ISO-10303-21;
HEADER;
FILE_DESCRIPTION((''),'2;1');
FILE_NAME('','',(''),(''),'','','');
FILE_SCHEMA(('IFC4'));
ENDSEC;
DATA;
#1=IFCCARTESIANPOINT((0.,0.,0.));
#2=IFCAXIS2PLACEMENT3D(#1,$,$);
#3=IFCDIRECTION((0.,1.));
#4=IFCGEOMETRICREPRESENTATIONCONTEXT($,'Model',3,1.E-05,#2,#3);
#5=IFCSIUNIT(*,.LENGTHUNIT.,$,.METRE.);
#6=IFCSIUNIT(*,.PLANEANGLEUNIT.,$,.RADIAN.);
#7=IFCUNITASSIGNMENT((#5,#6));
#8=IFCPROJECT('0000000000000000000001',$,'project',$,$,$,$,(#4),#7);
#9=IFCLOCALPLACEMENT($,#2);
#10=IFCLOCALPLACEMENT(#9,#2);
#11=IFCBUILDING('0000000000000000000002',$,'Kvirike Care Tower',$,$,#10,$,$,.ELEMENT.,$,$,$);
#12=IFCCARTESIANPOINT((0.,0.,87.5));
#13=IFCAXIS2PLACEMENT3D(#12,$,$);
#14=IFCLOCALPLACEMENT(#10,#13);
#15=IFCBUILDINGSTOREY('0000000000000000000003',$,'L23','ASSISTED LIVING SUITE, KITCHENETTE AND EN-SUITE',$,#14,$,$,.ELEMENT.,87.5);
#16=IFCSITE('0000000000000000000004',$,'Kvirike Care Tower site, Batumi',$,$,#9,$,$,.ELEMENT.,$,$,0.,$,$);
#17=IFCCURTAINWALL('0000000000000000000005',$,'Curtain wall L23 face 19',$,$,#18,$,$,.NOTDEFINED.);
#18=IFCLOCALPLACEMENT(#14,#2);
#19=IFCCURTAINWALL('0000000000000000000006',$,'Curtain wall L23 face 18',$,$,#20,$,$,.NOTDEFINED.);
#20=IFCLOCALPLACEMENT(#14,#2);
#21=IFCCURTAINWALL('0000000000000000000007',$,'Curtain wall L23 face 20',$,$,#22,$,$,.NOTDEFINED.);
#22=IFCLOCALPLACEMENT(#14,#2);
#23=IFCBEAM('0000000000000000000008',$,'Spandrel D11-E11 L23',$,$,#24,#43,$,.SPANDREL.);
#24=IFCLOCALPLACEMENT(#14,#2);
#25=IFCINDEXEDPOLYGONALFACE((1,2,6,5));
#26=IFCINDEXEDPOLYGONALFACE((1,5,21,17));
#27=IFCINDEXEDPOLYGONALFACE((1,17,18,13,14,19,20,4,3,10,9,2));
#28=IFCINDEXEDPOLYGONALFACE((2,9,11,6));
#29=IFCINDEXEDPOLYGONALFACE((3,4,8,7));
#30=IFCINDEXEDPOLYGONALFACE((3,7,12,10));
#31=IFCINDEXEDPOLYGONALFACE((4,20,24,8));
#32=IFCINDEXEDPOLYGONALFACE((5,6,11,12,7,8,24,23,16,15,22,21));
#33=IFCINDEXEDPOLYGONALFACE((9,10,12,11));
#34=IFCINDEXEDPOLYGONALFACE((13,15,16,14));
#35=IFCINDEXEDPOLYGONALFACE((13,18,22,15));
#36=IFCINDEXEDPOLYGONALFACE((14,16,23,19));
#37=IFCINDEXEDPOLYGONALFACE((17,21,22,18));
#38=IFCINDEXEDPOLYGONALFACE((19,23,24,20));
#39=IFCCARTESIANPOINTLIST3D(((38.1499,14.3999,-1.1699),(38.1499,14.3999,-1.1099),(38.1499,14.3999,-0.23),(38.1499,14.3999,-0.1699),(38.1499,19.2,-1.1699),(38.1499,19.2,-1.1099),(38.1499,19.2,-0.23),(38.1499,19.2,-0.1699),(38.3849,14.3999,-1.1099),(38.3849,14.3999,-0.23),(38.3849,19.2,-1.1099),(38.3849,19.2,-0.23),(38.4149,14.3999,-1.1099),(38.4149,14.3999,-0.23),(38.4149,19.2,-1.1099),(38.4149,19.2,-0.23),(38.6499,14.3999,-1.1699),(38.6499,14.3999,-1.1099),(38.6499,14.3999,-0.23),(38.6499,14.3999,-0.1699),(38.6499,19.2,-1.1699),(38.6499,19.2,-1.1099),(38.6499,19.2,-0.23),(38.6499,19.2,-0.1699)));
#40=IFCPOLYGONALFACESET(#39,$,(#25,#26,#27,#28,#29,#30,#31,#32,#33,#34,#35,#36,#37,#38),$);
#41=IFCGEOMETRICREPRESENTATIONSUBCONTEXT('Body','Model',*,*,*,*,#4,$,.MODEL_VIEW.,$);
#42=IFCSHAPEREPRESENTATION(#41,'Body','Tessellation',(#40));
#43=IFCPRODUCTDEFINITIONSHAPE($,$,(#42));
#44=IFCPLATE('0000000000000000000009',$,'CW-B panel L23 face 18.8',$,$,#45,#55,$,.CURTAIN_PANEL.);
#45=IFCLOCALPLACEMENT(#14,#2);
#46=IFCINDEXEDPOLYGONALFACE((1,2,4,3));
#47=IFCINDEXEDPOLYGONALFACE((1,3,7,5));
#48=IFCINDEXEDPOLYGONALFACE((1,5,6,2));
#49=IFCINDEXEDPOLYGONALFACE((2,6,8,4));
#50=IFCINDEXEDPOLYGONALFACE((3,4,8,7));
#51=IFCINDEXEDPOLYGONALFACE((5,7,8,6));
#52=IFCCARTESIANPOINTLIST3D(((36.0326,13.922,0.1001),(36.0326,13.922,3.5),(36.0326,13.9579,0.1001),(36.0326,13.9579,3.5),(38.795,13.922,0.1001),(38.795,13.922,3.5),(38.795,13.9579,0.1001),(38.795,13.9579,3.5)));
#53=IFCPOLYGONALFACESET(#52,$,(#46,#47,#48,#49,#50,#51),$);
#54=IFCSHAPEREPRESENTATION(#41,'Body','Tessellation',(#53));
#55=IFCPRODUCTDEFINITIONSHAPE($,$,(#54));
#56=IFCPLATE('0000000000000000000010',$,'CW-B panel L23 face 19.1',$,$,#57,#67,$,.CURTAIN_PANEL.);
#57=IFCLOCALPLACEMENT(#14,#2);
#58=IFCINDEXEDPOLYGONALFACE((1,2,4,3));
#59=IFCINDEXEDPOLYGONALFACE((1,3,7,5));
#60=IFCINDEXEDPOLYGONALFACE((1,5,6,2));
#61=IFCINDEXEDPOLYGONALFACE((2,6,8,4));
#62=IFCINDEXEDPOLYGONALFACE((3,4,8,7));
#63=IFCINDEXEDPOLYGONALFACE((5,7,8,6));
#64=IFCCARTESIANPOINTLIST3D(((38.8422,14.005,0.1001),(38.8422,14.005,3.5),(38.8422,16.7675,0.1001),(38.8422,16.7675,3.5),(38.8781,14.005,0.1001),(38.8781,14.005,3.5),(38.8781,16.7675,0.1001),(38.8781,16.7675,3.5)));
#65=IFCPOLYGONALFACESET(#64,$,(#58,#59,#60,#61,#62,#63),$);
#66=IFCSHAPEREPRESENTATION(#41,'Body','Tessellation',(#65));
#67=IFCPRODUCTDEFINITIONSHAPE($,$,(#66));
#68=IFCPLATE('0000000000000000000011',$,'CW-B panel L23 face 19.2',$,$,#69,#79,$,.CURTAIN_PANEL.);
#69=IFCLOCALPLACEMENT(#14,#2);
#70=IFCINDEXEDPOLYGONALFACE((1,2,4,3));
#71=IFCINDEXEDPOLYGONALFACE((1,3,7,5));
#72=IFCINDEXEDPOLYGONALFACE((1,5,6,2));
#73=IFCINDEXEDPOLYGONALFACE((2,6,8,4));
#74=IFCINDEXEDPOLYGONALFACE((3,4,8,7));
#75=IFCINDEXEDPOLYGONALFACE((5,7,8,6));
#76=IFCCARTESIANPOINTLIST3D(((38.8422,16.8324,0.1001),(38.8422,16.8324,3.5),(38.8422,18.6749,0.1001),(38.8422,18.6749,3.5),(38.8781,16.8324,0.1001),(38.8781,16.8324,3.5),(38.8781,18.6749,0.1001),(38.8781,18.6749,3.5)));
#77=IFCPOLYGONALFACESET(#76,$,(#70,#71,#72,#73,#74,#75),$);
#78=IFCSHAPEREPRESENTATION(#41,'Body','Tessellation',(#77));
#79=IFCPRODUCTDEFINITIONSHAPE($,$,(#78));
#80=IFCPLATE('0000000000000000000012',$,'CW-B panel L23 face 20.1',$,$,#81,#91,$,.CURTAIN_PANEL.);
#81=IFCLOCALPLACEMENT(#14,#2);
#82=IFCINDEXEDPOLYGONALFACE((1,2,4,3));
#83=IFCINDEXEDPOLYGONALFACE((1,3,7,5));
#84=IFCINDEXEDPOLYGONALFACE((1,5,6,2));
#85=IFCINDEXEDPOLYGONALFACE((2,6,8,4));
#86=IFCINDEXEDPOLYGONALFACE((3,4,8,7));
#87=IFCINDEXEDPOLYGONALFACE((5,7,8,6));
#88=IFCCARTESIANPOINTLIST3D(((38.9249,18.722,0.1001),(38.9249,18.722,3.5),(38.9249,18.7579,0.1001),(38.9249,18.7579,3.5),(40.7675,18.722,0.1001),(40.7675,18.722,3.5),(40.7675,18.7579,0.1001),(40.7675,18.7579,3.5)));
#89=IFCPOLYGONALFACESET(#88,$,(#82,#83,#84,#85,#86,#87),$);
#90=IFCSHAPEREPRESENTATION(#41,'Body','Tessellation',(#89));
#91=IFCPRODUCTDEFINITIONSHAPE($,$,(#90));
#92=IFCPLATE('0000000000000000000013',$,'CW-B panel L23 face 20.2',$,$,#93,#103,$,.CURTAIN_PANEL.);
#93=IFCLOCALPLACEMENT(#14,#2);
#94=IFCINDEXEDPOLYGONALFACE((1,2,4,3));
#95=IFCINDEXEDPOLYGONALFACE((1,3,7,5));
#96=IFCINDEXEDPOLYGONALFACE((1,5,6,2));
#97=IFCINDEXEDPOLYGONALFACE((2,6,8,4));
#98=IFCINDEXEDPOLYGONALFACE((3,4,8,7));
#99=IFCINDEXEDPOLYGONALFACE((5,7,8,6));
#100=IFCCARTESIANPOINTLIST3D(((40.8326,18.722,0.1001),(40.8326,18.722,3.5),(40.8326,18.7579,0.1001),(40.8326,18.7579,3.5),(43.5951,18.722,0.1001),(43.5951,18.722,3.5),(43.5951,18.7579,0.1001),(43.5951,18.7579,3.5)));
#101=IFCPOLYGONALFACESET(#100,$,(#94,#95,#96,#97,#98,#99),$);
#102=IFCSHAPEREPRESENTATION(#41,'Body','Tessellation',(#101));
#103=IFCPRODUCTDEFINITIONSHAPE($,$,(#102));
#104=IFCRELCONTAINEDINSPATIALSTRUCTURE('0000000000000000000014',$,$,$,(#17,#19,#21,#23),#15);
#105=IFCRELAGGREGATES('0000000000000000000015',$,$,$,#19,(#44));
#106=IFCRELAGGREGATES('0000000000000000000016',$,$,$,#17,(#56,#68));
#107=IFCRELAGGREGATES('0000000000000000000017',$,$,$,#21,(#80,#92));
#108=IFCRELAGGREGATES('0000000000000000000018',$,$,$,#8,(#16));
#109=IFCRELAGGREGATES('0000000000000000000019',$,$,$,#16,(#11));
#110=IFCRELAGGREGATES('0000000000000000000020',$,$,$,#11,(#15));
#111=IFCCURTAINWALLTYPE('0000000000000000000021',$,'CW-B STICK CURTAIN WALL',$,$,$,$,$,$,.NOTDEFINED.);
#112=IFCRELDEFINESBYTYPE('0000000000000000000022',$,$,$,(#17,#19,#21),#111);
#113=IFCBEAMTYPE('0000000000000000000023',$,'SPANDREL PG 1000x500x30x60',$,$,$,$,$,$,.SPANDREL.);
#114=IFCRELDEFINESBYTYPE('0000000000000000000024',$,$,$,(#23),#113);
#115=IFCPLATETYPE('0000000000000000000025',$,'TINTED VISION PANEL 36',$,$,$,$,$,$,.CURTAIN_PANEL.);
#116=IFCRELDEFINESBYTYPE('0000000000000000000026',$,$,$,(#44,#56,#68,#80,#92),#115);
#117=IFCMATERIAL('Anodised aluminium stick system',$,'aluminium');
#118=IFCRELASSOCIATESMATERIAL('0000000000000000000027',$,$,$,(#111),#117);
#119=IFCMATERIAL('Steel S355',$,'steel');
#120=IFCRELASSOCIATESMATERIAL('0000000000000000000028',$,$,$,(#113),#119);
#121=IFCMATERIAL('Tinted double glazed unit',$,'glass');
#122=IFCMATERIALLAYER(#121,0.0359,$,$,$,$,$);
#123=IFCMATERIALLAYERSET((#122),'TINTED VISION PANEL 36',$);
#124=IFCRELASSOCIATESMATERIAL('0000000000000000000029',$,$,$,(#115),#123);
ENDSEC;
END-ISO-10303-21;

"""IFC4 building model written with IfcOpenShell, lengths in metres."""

from ifc_helpers import new_model, si_unit, direction, frame, origin, origin_2d, place, context, subcontext, project, spatial, rectangle, i_section, extrude, material, layer, layer_set, material_profile, profile_set, type_object, element, aggregate, save


model = new_model("IFC4")

# Units and contexts
model_context = context("Model", 3, precision=1e-05, world=origin(), true_north=direction((0.0, 1.0)))
body_context = subcontext(model_context, "Body", "Model", "MODEL_VIEW")
ifc_project = project(units=[si_unit("LENGTHUNIT", "METRE"), si_unit("PLANEANGLEUNIT", "RADIAN")], contexts=[model_context])

# Site, building, storey
site_placement = place(None, origin())
site = spatial("IfcSite", under=ifc_project, at=site_placement, Name="Kvirike Care Tower site, Batumi", CompositionType="ELEMENT", RefElevation=0.0)
building_placement = place(site_placement, origin())
building = spatial("IfcBuilding", under=site, at=building_placement, Name="Kvirike Care Tower", CompositionType="ELEMENT")
storey_placement = place(building_placement, frame((0.0, 0.0, 87.5)))
storey = spatial("IfcBuildingStorey", under=building, at=storey_placement, Name="L23", Description="ASSISTED LIVING SUITE, KITCHENETTE AND EN-SUITE", CompositionType="ELEMENT", Elevation=87.5)

# Curtain wall
ifc_material_1 = material(Name="Anodised aluminium stick system", Category="aluminium")
curtain_wall_type = type_object("IfcCurtainWallType", Name="CW-B STICK CURTAIN WALL", PredefinedType="NOTDEFINED", material=ifc_material_1)
curtain_wall_1_placement = place(storey_placement, origin())
curtain_wall_1 = element("IfcCurtainWall", 1, at=curtain_wall_1_placement, inside=storey, type_object=curtain_wall_type, Name="Curtain wall L23 face 19", PredefinedType="NOTDEFINED")

# Curtain wall
curtain_wall_2_placement = place(storey_placement, origin())
curtain_wall_2 = element("IfcCurtainWall", 2, at=curtain_wall_2_placement, inside=storey, type_object=curtain_wall_type, Name="Curtain wall L23 face 18", PredefinedType="NOTDEFINED")

# Curtain wall
curtain_wall_3_placement = place(storey_placement, origin())
curtain_wall_3 = element("IfcCurtainWall", 3, at=curtain_wall_3_placement, inside=storey, type_object=curtain_wall_type, Name="Curtain wall L23 face 20", PredefinedType="NOTDEFINED")

# Beam
ifc_material_2 = material(Name="Steel S355", Category="steel")
ifc_material_profile_1 = material_profile(ifc_material_2, i_section(OverallWidth=0.5, OverallDepth=1.0, WebThickness=0.03, FlangeThickness=0.0601, at=origin_2d()), Name="PG 1000x500x30x60")
ifc_profile_set_1 = profile_set([ifc_material_profile_1], Name="Steel S355")
beam_type = type_object("IfcBeamType", Name="SPANDREL PG 1000x500x30x60", PredefinedType="SPANDREL", material=ifc_profile_set_1)
beam_placement = place(storey_placement, frame((38.3999, 14.3999, -0.6699), z_axis=(0.0, 1.0, 0.0), x_axis=(-1.0, 0.0, 0.0)))
element("IfcBeam", 4, at=beam_placement, inside=storey, type_object=beam_type, Name="Spandrel D11-E11 L23", PredefinedType="SPANDREL", context=body_context, shape_type="SweptSolid", body=[
    extrude(i_section(OverallWidth=0.5, OverallDepth=1.0, WebThickness=0.03, FlangeThickness=0.0601, at=origin_2d()), origin(), (0.0, 0.0, 1.0), 4.8),
])

# Plates
ifc_material_3 = material(Name="Tinted double glazed unit", Category="glass")
ifc_layer = layer(ifc_material_3, 0.0359)
ifc_layer_set = layer_set([ifc_layer], Name="TINTED VISION PANEL 36")
plate_type = type_object("IfcPlateType", Name="TINTED VISION PANEL 36", PredefinedType="CURTAIN_PANEL", material=ifc_layer_set)
plate_1_placement = place(storey_placement, frame((37.4138, 13.9399, 0.1001), z_axis=(0.0, 0.0, 1.0), x_axis=(1.0, 0.0, 0.0)))
plate_1 = element("IfcPlate", 5, at=plate_1_placement, type_object=plate_type, Name="CW-B panel L23 face 18.8", PredefinedType="CURTAIN_PANEL", context=body_context, shape_type="SweptSolid", body=[
    extrude(rectangle(XDim=2.7625, YDim=0.0359, at=origin_2d()), origin(), (0.0, 0.0, 1.0), 3.3999),
])
aggregate(curtain_wall_2, [plate_1])
plate_2_placement = place(storey_placement, frame((38.8601, 15.3862, 0.1001), z_axis=(0.0, 0.0, 1.0), x_axis=(0.0, 1.0, 0.0)))
plate_2 = element("IfcPlate", 6, at=plate_2_placement, type_object=plate_type, Name="CW-B panel L23 face 19.1", PredefinedType="CURTAIN_PANEL", context=body_context, shape_type="SweptSolid", body=[
    extrude(rectangle(XDim=2.7625, YDim=0.0359, at=origin_2d()), origin(), (0.0, 0.0, 1.0), 3.3999),
])
plate_3_placement = place(storey_placement, frame((38.8601, 17.7537, 0.1001), z_axis=(0.0, 0.0, 1.0), x_axis=(0.0, 1.0, 0.0)))
plate_3 = element("IfcPlate", 7, at=plate_3_placement, type_object=plate_type, Name="CW-B panel L23 face 19.2", PredefinedType="CURTAIN_PANEL", context=body_context, shape_type="SweptSolid", body=[
    extrude(rectangle(XDim=1.8425, YDim=0.0359, at=origin_2d()), origin(), (0.0, 0.0, 1.0), 3.3999),
])
aggregate(curtain_wall_1, [plate_2, plate_3])
plate_4_placement = place(storey_placement, frame((39.8462, 18.74, 0.1001), z_axis=(0.0, 0.0, 1.0), x_axis=(1.0, 0.0, 0.0)))
plate_4 = element("IfcPlate", 8, at=plate_4_placement, type_object=plate_type, Name="CW-B panel L23 face 20.1", PredefinedType="CURTAIN_PANEL", context=body_context, shape_type="SweptSolid", body=[
    extrude(rectangle(XDim=1.8425, YDim=0.0359, at=origin_2d()), origin(), (0.0, 0.0, 1.0), 3.3999),
])
plate_5_placement = place(storey_placement, frame((42.2139, 18.74, 0.1001), z_axis=(0.0, 0.0, 1.0), x_axis=(1.0, 0.0, 0.0)))
plate_5 = element("IfcPlate", 9, at=plate_5_placement, type_object=plate_type, Name="CW-B panel L23 face 20.2", PredefinedType="CURTAIN_PANEL", context=body_context, shape_type="SweptSolid", body=[
    extrude(rectangle(XDim=2.7625, YDim=0.0359, at=origin_2d()), origin(), (0.0, 0.0, 1.0), 3.3999),
])
aggregate(curtain_wall_3, [plate_4, plate_5])

save(model, "model.ifc")
